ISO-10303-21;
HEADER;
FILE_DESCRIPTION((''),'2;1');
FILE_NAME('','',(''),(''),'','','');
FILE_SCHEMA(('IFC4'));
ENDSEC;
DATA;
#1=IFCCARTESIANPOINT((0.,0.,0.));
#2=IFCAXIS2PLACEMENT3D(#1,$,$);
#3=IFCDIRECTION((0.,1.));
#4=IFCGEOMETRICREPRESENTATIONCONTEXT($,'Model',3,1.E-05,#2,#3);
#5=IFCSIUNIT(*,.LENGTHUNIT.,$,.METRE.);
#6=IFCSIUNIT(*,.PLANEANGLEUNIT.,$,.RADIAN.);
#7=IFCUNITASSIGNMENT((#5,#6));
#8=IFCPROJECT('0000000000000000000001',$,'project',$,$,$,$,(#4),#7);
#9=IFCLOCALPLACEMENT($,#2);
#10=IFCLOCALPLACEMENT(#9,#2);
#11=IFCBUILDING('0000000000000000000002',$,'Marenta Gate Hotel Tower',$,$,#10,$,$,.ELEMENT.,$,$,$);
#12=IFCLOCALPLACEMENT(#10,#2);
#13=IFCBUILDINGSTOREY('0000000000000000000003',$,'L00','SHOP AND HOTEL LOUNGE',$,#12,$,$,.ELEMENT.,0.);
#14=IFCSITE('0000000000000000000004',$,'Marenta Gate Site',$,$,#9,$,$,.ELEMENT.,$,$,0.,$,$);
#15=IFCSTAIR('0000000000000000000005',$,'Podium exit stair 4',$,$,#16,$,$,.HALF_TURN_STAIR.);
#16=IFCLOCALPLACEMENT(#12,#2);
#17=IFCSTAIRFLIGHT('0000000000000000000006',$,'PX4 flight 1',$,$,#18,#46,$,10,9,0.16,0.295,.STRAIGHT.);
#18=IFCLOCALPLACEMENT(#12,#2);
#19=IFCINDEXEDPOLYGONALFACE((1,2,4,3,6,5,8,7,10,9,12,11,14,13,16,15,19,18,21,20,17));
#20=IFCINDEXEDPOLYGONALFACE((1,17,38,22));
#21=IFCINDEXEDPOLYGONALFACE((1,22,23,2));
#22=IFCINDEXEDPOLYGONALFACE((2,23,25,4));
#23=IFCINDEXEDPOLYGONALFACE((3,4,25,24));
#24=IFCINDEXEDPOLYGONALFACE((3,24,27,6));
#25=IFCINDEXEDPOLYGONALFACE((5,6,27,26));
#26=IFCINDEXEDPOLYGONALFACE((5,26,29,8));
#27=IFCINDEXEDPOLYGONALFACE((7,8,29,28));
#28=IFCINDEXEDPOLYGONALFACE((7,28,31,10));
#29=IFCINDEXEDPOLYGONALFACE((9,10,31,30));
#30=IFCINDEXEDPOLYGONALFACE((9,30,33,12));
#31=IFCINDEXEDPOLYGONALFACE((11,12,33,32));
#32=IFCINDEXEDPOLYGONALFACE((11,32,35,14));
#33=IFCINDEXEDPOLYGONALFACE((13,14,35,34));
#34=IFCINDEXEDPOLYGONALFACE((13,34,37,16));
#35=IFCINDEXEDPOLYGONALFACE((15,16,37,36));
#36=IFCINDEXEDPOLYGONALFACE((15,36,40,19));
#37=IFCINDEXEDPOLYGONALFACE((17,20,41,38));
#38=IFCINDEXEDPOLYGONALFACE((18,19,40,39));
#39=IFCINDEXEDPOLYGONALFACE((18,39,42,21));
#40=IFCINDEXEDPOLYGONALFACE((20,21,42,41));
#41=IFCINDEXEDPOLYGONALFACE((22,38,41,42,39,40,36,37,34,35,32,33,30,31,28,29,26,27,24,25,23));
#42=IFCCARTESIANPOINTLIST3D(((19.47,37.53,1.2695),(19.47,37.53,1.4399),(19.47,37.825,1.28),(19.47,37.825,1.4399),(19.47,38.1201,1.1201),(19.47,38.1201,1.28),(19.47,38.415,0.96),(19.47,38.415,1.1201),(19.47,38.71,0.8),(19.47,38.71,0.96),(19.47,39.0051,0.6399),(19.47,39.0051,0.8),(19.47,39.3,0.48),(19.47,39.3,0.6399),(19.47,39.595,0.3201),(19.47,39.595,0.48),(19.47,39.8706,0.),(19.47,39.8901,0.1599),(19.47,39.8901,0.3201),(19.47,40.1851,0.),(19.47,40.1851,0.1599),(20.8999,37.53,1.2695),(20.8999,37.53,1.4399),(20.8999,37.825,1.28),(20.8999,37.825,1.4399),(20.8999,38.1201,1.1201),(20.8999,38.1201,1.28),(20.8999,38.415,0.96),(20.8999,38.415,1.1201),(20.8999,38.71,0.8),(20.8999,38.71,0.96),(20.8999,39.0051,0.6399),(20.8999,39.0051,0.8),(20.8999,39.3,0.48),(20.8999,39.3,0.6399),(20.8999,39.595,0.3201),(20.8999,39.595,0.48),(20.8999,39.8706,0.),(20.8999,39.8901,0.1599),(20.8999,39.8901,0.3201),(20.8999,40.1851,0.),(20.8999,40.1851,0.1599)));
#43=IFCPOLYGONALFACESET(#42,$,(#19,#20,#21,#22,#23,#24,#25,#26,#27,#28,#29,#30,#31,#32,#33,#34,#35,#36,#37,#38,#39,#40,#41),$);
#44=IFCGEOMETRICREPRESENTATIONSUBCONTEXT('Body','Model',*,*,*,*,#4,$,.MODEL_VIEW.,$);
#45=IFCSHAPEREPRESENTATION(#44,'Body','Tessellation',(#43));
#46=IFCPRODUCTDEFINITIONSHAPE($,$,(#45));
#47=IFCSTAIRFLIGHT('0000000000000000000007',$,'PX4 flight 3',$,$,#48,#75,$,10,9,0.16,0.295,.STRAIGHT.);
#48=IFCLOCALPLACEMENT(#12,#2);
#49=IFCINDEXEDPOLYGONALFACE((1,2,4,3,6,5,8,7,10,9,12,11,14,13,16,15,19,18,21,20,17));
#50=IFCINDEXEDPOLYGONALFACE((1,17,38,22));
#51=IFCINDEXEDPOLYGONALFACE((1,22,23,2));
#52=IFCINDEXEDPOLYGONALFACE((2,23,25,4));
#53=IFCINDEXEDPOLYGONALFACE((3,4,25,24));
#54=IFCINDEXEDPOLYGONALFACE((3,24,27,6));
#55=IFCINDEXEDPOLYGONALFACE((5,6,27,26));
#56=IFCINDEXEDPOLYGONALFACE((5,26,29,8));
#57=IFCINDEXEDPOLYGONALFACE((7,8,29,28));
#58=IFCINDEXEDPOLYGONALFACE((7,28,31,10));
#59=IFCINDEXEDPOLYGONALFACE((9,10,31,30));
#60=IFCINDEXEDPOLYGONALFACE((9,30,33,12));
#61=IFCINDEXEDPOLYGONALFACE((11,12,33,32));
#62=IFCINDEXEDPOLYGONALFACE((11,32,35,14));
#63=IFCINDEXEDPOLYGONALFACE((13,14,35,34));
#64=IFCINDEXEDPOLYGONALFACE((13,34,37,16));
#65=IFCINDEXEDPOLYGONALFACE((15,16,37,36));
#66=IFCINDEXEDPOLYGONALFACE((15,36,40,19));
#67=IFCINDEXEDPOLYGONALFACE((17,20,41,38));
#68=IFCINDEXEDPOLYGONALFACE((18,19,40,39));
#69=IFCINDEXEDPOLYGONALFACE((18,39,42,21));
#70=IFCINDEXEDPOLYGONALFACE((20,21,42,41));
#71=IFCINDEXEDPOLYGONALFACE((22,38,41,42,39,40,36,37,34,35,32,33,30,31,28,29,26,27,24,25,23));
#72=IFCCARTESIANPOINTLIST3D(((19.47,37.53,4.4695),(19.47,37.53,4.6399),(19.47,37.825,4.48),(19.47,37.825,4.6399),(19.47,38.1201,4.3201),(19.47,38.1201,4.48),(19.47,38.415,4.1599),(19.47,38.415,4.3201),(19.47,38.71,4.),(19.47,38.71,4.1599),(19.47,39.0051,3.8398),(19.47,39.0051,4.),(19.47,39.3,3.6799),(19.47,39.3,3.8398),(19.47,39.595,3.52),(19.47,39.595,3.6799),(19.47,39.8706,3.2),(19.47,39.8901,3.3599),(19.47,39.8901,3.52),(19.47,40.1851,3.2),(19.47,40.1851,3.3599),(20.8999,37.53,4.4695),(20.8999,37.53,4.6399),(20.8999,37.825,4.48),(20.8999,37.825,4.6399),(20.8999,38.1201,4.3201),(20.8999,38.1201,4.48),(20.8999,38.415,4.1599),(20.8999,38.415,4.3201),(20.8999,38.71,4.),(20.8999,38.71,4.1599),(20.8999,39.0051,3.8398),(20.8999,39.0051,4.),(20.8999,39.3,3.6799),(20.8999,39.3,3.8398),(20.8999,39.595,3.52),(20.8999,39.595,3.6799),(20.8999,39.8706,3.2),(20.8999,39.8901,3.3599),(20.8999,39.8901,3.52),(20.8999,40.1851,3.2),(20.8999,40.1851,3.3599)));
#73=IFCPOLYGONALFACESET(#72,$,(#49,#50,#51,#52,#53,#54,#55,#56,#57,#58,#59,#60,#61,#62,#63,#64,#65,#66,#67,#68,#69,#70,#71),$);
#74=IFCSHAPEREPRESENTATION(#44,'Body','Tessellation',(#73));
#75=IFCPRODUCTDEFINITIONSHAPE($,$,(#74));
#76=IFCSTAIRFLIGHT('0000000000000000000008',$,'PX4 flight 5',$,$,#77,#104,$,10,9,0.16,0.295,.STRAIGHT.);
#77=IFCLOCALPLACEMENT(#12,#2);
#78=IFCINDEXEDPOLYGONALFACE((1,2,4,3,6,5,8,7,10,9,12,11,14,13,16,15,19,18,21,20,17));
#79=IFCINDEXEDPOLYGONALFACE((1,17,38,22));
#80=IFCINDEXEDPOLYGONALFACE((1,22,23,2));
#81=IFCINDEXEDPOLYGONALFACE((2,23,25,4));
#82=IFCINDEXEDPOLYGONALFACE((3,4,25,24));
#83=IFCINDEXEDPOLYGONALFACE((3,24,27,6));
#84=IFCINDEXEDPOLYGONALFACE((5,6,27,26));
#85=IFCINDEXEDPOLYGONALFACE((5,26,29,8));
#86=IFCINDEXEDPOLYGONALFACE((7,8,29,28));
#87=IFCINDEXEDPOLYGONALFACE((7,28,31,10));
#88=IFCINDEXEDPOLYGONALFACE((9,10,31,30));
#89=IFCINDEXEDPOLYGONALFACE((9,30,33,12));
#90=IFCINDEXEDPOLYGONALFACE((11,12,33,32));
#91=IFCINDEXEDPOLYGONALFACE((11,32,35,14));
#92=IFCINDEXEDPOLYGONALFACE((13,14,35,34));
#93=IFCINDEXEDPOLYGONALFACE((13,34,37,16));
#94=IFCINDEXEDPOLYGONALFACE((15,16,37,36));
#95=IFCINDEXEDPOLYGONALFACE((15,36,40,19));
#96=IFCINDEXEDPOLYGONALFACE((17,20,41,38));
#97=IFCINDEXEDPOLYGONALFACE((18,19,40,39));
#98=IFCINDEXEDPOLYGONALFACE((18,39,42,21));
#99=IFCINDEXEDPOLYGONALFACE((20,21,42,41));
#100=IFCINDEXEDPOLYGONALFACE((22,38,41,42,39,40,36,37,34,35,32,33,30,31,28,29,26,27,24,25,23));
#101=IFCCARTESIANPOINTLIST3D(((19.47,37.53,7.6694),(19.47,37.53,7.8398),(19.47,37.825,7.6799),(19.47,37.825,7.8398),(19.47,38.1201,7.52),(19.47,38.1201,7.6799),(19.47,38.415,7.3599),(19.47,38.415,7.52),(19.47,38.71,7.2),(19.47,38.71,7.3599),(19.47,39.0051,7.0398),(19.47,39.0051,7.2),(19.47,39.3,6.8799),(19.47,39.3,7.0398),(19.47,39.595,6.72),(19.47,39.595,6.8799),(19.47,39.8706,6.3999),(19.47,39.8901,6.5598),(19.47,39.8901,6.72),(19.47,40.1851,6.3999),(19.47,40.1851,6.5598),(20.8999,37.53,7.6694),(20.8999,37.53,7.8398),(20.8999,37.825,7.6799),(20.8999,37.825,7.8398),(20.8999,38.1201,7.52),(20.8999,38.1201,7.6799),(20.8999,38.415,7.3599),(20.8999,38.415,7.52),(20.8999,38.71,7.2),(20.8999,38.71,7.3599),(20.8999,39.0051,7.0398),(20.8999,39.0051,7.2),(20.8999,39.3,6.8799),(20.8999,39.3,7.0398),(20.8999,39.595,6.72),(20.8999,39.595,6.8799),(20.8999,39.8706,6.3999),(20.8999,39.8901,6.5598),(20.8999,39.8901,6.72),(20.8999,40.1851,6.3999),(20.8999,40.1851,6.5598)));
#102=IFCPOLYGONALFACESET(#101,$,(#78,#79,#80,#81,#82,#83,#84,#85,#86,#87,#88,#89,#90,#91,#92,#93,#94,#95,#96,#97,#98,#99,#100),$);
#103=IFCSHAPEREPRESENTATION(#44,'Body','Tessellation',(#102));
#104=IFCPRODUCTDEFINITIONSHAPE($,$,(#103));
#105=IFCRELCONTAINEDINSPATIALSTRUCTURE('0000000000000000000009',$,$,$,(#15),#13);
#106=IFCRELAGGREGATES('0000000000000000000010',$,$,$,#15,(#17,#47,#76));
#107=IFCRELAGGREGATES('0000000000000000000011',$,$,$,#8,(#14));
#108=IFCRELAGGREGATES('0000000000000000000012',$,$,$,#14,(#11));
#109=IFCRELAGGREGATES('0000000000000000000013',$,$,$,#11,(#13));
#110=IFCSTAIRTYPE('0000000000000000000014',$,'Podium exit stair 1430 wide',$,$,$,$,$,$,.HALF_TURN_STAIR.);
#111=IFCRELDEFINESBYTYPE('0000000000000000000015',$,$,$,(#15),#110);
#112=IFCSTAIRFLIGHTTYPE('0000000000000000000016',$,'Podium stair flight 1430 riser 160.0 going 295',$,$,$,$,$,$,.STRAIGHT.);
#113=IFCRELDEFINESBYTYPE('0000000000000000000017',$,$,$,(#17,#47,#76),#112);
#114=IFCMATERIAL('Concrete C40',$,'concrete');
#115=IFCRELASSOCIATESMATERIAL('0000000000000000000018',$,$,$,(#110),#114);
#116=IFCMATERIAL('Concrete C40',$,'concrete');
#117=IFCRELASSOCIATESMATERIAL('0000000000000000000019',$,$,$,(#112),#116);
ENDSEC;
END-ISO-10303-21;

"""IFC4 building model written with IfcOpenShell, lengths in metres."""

from ifc_helpers import new_model, si_unit, direction, frame, origin, place, context, subcontext, project, spatial, polyline, outline, extrude, material, type_object, element, aggregate, save


model = new_model("IFC4")

# Units and contexts
model_context = context("Model", 3, precision=1e-05, world=origin(), true_north=direction((0.0, 1.0)))
body_context = subcontext(model_context, "Body", "Model", "MODEL_VIEW")
ifc_project = project(units=[si_unit("LENGTHUNIT", "METRE"), si_unit("PLANEANGLEUNIT", "RADIAN")], contexts=[model_context])

# Site, building, storey
site_placement = place(None, origin())
site = spatial("IfcSite", under=ifc_project, at=site_placement, Name="Marenta Gate Site", CompositionType="ELEMENT", RefElevation=0.0)
building_placement = place(site_placement, origin())
building = spatial("IfcBuilding", under=site, at=building_placement, Name="Marenta Gate Hotel Tower", CompositionType="ELEMENT")
storey_placement = place(building_placement, origin())
storey = spatial("IfcBuildingStorey", under=building, at=storey_placement, Name="L00", Description="SHOP AND HOTEL LOUNGE", CompositionType="ELEMENT", Elevation=0.0)

# Stair, stair flights
ifc_material_1 = material(Name="Concrete C40", Category="concrete")
stair_type = type_object("IfcStairType", Name="Podium exit stair 1430 wide", PredefinedType="HALF_TURN_STAIR", material=ifc_material_1)
stair_placement = place(storey_placement, origin())
stair = element("IfcStair", 1, at=stair_placement, inside=storey, type_object=stair_type, Name="Podium exit stair 4", PredefinedType="HALF_TURN_STAIR")
ifc_material_2 = material(Name="Concrete C40", Category="concrete")
stair_flight_type = type_object("IfcStairFlightType", Name="Podium stair flight 1430 riser 160.0 going 295", PredefinedType="STRAIGHT", material=ifc_material_2)
stair_flight_1_placement = place(storey_placement, frame((20.1851, 40.1851, 0.0), z_axis=(0.0, 0.0, 1.0), x_axis=(0.0, -1.0, 0.0)))
stair_flight_1 = element("IfcStairFlight", 2, at=stair_flight_1_placement, type_object=stair_flight_type, Name="PX4 flight 1", NumberOfRisers=10, NumberOfTreads=9, PredefinedType="STRAIGHT", RiserHeight=0.16, TreadLength=0.295, context=body_context, shape_type="SweptSolid", body=[
    extrude(outline(polyline([(0.0, 0.0), (0.0, 0.1599), (0.2949, 0.1599), (0.2949, 0.3201), (0.5901, 0.3201), (0.5901, 0.48), (0.885, 0.48), (0.885, 0.6399), (1.1799, 0.6399), (1.1799, 0.8), (1.4751, 0.8), (1.4751, 0.96), (1.77, 0.96), (1.77, 1.1201), (2.0649, 1.1201), (2.0649, 1.28), (2.3601, 1.28), (2.3601, 1.4399), (2.655, 1.4399), (2.655, 1.6001), (2.655, 1.2695), (0.3145, 0.0), (0.0, 0.0)])), frame((0.0, 0.7148, 0.0), z_axis=(0.0, -1.0, 0.0), x_axis=(1.0, 0.0, 0.0)), (0.0, 0.0, 1.0), 1.4299),
])
stair_flight_2_placement = place(storey_placement, frame((20.1851, 40.1851, 3.2), z_axis=(0.0, 0.0, 1.0), x_axis=(0.0, -1.0, 0.0)))
stair_flight_2 = element("IfcStairFlight", 3, at=stair_flight_2_placement, type_object=stair_flight_type, Name="PX4 flight 3", NumberOfRisers=10, NumberOfTreads=9, PredefinedType="STRAIGHT", RiserHeight=0.16, TreadLength=0.295, context=body_context, shape_type="SweptSolid", body=[
    extrude(outline(polyline([(0.0, 0.0), (0.0, 0.1599), (0.2949, 0.1599), (0.2949, 0.3201), (0.5901, 0.3201), (0.5901, 0.48), (0.885, 0.48), (0.885, 0.6399), (1.1799, 0.6399), (1.1799, 0.8), (1.4751, 0.8), (1.4751, 0.96), (1.77, 0.96), (1.77, 1.1201), (2.0649, 1.1201), (2.0649, 1.28), (2.3601, 1.28), (2.3601, 1.4399), (2.655, 1.4399), (2.655, 1.6001), (2.655, 1.2695), (0.3145, 0.0), (0.0, 0.0)])), frame((0.0, 0.7148, 0.0), z_axis=(0.0, -1.0, 0.0), x_axis=(1.0, 0.0, 0.0)), (0.0, 0.0, 1.0), 1.4299),
])
stair_flight_3_placement = place(storey_placement, frame((20.1851, 40.1851, 6.3999), z_axis=(0.0, 0.0, 1.0), x_axis=(0.0, -1.0, 0.0)))
stair_flight_3 = element("IfcStairFlight", 4, at=stair_flight_3_placement, type_object=stair_flight_type, Name="PX4 flight 5", NumberOfRisers=10, NumberOfTreads=9, PredefinedType="STRAIGHT", RiserHeight=0.16, TreadLength=0.295, context=body_context, shape_type="SweptSolid", body=[
    extrude(outline(polyline([(0.0, 0.0), (0.0, 0.1599), (0.2949, 0.1599), (0.2949, 0.3201), (0.5901, 0.3201), (0.5901, 0.48), (0.885, 0.48), (0.885, 0.6399), (1.1799, 0.6399), (1.1799, 0.8), (1.4751, 0.8), (1.4751, 0.96), (1.77, 0.96), (1.77, 1.1201), (2.0649, 1.1201), (2.0649, 1.28), (2.3601, 1.28), (2.3601, 1.4399), (2.655, 1.4399), (2.655, 1.6001), (2.655, 1.2695), (0.3145, 0.0), (0.0, 0.0)])), frame((0.0, 0.7148, 0.0), z_axis=(0.0, -1.0, 0.0), x_axis=(1.0, 0.0, 0.0)), (0.0, 0.0, 1.0), 1.4299),
])
aggregate(stair, [stair_flight_1, stair_flight_2, stair_flight_3])

save(model, "model.ifc")
